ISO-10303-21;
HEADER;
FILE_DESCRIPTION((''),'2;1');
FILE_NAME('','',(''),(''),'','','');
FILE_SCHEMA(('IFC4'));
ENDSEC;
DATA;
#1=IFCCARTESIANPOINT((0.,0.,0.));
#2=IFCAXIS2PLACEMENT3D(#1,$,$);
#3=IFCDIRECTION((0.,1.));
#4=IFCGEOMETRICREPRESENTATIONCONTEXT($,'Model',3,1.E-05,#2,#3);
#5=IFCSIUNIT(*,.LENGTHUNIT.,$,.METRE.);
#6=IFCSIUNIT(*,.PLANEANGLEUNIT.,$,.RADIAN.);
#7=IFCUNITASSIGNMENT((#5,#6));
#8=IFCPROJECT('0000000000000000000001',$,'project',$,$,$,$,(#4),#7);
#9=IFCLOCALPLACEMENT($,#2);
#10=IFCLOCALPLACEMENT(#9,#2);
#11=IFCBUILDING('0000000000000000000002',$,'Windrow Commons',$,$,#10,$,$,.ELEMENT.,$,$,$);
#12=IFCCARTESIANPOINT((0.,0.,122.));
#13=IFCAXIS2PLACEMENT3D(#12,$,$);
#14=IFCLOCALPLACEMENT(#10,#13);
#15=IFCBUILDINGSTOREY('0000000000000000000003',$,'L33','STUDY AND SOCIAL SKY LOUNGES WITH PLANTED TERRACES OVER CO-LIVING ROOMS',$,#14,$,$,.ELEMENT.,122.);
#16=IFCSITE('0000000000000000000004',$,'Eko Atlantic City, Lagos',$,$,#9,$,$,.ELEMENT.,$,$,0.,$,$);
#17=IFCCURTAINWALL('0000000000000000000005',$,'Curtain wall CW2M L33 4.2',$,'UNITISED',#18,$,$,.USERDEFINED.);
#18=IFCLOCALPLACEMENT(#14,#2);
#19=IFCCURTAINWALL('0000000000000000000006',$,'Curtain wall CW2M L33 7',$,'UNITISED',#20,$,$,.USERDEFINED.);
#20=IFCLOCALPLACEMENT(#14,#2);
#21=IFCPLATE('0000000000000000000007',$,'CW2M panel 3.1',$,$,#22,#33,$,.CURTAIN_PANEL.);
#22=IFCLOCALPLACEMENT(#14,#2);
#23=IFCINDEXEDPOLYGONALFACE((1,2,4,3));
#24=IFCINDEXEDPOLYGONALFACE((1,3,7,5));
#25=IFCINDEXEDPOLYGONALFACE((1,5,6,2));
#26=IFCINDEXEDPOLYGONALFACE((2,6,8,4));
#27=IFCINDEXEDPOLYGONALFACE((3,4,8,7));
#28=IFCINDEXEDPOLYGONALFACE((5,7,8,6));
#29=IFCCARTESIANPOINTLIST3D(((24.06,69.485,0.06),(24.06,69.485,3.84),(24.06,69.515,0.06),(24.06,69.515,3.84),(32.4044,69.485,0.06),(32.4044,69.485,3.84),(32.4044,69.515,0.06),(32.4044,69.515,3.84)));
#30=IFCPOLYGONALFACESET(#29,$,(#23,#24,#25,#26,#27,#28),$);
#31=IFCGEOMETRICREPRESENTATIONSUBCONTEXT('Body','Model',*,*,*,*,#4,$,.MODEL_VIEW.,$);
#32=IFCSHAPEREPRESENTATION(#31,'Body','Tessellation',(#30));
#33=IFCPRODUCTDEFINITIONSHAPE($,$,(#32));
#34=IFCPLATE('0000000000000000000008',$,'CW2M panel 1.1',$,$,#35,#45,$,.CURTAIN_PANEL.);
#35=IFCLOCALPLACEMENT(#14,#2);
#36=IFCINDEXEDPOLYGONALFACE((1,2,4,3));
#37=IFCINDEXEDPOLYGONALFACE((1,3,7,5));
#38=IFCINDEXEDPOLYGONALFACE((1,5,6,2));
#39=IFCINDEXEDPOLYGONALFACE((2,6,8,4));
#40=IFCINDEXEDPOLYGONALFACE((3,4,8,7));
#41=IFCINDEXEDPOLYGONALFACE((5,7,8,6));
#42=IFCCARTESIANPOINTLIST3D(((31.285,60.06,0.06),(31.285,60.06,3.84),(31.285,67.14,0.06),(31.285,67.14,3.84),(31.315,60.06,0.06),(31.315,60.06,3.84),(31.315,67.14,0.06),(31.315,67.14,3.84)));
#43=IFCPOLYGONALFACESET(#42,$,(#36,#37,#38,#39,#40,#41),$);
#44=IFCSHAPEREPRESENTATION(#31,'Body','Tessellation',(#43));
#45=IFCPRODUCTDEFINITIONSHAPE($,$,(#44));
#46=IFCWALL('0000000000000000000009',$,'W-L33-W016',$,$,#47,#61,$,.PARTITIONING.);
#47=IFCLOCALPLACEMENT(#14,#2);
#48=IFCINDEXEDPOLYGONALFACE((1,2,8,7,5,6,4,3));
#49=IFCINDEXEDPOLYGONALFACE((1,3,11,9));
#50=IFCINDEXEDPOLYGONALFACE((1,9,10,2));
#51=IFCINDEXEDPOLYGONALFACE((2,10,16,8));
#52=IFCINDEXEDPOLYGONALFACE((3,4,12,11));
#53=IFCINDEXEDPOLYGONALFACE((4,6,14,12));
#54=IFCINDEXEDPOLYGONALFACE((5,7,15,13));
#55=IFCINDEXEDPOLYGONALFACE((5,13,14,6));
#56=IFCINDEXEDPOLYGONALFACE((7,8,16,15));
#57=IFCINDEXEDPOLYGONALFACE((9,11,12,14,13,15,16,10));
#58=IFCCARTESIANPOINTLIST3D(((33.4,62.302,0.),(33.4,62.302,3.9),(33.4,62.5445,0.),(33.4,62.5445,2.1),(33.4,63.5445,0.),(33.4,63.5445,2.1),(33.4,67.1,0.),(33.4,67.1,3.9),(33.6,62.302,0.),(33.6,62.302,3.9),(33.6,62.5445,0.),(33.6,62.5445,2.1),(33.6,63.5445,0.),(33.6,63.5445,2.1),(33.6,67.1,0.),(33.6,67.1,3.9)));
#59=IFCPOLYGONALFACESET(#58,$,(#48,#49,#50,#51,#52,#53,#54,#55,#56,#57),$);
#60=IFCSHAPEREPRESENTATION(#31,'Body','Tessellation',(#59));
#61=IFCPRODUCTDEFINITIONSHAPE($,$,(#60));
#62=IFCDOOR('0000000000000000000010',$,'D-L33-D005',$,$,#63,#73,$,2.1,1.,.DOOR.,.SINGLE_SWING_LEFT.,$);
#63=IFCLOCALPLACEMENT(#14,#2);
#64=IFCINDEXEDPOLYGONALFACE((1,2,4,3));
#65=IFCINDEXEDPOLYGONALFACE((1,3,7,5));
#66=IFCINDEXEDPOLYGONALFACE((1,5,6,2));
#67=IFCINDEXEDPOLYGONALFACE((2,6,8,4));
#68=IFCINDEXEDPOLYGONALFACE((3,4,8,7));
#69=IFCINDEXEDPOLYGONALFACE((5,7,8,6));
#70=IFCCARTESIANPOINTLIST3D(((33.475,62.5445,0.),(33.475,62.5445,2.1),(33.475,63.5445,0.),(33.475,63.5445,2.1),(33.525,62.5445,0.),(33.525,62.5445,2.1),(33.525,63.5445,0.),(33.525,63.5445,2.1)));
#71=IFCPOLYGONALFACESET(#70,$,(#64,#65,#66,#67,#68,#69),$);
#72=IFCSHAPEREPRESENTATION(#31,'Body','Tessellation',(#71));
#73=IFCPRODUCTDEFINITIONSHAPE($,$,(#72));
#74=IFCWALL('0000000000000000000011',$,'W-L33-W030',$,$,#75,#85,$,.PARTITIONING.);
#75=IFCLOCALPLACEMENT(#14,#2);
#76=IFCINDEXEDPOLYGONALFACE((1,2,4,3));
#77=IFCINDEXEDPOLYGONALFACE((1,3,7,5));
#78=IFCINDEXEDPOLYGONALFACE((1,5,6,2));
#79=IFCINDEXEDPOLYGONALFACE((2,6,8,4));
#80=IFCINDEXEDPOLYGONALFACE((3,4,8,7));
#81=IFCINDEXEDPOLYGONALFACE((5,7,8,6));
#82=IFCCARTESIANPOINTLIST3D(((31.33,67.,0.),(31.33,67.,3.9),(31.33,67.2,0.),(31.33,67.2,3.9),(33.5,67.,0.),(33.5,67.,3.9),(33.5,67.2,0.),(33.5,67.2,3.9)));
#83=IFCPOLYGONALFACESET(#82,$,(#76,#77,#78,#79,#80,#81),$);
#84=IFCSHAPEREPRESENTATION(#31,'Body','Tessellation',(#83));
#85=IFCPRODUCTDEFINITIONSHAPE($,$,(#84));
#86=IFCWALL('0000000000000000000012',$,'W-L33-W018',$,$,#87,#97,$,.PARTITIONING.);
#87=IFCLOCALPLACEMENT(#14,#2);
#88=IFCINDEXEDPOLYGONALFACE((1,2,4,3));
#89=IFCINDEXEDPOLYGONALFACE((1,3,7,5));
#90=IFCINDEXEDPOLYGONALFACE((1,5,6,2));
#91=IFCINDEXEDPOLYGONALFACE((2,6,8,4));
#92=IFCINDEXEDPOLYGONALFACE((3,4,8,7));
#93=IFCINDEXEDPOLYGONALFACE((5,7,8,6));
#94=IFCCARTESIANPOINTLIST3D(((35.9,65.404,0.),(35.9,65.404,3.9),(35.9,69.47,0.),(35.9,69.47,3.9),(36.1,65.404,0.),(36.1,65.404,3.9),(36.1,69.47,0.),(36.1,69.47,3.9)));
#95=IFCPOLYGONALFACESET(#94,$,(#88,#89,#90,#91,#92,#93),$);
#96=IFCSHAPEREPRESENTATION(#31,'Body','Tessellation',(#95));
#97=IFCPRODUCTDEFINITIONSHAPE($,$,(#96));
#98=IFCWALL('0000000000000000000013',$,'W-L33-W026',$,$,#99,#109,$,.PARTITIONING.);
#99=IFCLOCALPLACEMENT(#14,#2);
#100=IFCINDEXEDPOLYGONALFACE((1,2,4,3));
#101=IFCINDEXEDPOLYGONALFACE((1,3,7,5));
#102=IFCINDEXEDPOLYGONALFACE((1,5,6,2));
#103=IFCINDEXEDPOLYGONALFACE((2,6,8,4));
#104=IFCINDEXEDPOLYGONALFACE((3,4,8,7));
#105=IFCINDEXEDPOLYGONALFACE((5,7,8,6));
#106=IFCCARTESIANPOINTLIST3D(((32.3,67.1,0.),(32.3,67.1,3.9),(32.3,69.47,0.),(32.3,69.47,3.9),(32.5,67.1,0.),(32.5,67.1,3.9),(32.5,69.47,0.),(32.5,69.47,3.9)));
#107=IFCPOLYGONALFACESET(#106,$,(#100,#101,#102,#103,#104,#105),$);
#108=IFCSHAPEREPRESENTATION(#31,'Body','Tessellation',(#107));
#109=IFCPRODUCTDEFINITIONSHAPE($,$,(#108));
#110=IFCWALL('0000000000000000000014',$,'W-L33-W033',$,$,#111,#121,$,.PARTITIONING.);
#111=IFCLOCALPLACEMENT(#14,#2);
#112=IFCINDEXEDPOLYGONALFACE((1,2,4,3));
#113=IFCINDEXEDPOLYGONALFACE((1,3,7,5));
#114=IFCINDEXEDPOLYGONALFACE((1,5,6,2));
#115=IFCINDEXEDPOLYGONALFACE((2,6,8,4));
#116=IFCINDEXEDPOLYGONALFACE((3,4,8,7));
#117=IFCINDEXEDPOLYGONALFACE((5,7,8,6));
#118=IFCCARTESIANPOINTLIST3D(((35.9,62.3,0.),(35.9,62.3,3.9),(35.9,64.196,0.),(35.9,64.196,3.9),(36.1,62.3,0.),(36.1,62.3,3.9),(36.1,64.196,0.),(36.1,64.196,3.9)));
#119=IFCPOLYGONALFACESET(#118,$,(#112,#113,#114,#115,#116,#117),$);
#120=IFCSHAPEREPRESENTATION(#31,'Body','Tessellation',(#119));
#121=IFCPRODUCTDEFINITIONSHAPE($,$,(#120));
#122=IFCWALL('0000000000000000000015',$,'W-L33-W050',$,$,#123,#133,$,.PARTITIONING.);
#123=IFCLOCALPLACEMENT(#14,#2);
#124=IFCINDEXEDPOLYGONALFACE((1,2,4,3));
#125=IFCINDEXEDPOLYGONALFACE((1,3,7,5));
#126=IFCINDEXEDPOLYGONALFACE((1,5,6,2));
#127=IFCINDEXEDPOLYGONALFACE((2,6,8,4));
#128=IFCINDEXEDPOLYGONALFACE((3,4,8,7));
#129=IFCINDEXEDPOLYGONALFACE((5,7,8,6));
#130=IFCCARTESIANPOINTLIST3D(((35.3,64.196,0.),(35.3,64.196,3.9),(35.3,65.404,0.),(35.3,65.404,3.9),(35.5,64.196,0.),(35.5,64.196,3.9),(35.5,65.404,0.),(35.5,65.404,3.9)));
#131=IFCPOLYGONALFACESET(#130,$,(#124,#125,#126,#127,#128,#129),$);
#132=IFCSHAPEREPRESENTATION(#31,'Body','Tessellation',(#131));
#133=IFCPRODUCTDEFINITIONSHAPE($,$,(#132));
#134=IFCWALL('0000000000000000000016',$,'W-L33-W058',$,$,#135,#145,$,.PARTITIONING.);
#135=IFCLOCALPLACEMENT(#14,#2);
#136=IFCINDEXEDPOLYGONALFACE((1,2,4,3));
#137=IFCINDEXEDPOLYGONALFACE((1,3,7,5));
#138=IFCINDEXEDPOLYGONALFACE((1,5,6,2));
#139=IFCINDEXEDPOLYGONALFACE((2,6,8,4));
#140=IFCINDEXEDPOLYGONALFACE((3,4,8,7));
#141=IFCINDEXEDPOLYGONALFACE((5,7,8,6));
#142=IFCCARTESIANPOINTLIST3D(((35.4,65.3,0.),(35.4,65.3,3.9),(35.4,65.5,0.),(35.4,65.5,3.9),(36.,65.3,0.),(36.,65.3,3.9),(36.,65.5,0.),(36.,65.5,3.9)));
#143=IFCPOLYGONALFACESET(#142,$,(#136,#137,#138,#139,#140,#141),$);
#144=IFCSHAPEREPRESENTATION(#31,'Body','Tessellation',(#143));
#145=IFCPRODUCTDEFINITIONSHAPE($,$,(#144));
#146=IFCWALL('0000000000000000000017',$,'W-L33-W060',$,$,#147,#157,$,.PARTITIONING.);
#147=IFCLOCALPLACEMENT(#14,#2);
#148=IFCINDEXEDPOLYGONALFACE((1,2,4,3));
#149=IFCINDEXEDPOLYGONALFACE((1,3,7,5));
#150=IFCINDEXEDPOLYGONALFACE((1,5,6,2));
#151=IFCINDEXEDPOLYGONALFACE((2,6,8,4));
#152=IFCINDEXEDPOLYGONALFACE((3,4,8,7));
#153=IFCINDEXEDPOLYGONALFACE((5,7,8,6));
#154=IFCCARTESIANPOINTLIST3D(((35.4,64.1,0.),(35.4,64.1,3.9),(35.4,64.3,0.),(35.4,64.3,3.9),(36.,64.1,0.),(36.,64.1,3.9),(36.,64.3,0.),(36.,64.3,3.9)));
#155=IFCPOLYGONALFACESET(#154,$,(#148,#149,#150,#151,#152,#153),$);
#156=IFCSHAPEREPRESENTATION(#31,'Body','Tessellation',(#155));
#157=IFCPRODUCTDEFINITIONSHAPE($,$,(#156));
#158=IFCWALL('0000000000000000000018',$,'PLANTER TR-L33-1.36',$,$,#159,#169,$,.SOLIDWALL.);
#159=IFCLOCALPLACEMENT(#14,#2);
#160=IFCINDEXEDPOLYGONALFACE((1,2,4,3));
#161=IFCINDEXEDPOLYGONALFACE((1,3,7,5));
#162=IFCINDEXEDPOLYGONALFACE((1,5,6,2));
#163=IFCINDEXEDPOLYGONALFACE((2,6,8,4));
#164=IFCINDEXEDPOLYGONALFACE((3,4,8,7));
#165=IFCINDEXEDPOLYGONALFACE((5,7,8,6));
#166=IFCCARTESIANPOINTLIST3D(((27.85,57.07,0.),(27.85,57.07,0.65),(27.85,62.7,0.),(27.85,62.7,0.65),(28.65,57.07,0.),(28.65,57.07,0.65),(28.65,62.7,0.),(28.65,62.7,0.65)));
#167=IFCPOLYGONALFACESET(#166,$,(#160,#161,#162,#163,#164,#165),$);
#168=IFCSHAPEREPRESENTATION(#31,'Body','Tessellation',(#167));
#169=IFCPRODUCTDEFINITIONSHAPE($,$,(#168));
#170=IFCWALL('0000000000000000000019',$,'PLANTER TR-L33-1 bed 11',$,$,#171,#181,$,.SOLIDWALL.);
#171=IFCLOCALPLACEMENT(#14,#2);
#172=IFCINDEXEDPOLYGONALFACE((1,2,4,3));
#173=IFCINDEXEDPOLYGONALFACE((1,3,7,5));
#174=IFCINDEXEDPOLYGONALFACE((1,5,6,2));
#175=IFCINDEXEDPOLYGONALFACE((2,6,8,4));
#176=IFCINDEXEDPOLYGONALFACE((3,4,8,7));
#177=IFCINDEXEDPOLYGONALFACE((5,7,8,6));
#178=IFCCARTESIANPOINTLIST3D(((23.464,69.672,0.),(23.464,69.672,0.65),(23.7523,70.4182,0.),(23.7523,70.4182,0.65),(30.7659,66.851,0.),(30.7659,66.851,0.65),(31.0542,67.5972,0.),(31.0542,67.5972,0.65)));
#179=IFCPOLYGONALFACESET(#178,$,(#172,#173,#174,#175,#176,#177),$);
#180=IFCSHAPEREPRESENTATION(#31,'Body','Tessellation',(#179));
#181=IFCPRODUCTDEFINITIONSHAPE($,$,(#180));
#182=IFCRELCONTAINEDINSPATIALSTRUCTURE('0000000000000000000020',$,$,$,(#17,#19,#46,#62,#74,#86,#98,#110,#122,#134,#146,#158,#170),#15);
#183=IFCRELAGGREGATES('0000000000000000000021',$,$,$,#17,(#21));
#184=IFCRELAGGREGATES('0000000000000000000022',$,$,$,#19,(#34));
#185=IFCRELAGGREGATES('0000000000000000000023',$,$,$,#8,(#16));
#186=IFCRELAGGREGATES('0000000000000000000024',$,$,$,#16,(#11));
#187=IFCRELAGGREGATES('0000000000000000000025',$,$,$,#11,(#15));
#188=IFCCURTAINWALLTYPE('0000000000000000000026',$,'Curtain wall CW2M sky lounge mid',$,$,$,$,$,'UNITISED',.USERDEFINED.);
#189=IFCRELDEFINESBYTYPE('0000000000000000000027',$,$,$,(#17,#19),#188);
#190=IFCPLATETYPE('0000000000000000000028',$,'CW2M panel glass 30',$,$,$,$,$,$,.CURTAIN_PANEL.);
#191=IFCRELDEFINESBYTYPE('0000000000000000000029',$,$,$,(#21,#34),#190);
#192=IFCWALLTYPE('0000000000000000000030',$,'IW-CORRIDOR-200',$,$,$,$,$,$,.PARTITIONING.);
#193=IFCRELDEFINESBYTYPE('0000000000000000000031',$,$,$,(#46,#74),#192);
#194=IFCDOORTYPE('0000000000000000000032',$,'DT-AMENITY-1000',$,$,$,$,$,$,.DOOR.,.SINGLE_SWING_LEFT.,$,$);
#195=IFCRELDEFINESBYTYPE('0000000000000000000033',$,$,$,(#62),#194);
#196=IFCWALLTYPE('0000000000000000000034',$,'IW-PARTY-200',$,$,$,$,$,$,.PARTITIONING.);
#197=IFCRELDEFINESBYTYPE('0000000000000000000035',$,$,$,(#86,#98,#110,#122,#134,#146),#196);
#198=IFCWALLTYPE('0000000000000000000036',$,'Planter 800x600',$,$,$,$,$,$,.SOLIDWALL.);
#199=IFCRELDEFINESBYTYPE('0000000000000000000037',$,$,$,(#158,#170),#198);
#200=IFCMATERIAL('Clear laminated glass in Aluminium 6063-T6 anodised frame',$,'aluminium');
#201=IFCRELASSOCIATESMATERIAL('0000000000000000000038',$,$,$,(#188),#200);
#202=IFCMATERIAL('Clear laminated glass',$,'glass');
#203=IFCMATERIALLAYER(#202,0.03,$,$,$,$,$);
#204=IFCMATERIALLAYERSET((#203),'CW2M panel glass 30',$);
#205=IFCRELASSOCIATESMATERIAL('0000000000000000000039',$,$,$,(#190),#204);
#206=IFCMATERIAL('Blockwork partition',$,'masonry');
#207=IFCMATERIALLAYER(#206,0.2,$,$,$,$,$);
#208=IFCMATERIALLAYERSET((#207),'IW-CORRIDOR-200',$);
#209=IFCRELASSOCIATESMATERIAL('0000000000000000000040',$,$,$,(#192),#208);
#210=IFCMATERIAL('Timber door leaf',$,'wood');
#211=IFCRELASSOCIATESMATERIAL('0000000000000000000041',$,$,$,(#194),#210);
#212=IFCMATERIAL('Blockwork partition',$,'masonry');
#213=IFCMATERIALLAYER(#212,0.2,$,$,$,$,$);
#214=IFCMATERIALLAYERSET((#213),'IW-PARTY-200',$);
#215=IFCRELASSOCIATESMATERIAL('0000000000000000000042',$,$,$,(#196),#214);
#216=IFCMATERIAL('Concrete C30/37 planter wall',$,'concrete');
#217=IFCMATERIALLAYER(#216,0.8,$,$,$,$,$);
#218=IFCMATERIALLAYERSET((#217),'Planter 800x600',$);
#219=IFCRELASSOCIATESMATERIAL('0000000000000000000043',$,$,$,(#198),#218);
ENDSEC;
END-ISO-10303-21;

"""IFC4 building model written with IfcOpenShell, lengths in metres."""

from ifc_helpers import new_model, si_unit, direction, frame, frame_2d, origin, origin_2d, place, context, subcontext, project, spatial, rectangle, extrude, material, layer, layer_set, type_object, element, fill, aggregate, save


model = new_model("IFC4")

# Units and contexts
model_context = context("Model", 3, precision=1e-05, world=origin(), true_north=direction((0.0, 1.0)))
body_context = subcontext(model_context, "Body", "Model", "MODEL_VIEW")
ifc_project = project(units=[si_unit("LENGTHUNIT", "METRE"), si_unit("PLANEANGLEUNIT", "RADIAN")], contexts=[model_context])

# Site, building, storey
site_placement = place(None, origin())
site = spatial("IfcSite", under=ifc_project, at=site_placement, Name="Eko Atlantic City, Lagos", CompositionType="ELEMENT", RefElevation=0.0)
building_placement = place(site_placement, origin())
building = spatial("IfcBuilding", under=site, at=building_placement, Name="Windrow Commons", CompositionType="ELEMENT")
storey_placement = place(building_placement, frame((0.0, 0.0, 122.0)))
storey = spatial("IfcBuildingStorey", under=building, at=storey_placement, Name="L33", Description="STUDY AND SOCIAL SKY LOUNGES WITH PLANTED TERRACES OVER CO-LIVING ROOMS", CompositionType="ELEMENT", Elevation=122.0)

# Curtain walls
ifc_material_1 = material(Name="Clear laminated glass in Aluminium 6063-T6 anodised frame", Category="aluminium")
curtain_wall_type = type_object("IfcCurtainWallType", Name="Curtain wall CW2M sky lounge mid", ElementType="UNITISED", PredefinedType="USERDEFINED", material=ifc_material_1)
placement = place(storey_placement, origin())
curtain_wall_1 = element("IfcCurtainWall", 1, at=placement, inside=storey, type_object=curtain_wall_type, Name="Curtain wall CW2M L33 4.2", ObjectType="UNITISED", PredefinedType="USERDEFINED")
curtain_wall_2 = element("IfcCurtainWall", 2, at=placement, inside=storey, type_object=curtain_wall_type, Name="Curtain wall CW2M L33 7", ObjectType="UNITISED", PredefinedType="USERDEFINED")

# Plates
ifc_material_2 = material(Name="Clear laminated glass", Category="glass")
ifc_layer_1 = layer(ifc_material_2, 0.03)
ifc_layer_set_1 = layer_set([ifc_layer_1], Name="CW2M panel glass 30")
plate_type_1 = type_object("IfcPlateType", Name="CW2M panel glass 30", PredefinedType="CURTAIN_PANEL", material=ifc_layer_set_1)
plate_1_placement = place(storey_placement, frame((28.2322, 69.5, 0.06), z_axis=(0.0, 0.0, 1.0), x_axis=(-1.0, 0.0, 0.0)))
plate_1 = element("IfcPlate", 3, at=plate_1_placement, type_object=plate_type_1, Name="CW2M panel 3.1", PredefinedType="CURTAIN_PANEL", context=body_context, shape_type="SweptSolid", body=[
    extrude(rectangle(XDim=8.3443, YDim=0.03, at=origin_2d()), origin(), (0.0, 0.0, 1.0), 3.78),
])
aggregate(curtain_wall_1, [plate_1])
plate_2_placement = place(storey_placement, frame((31.3, 63.6, 0.06), z_axis=(0.0, 0.0, 1.0), x_axis=(0.0, -1.0, 0.0)))
plate_2 = element("IfcPlate", 4, at=plate_2_placement, type_object=plate_type_1, Name="CW2M panel 1.1", PredefinedType="CURTAIN_PANEL", context=body_context, shape_type="SweptSolid", body=[
    extrude(rectangle(XDim=7.08, YDim=0.03, at=origin_2d()), origin(), (0.0, 0.0, 1.0), 3.78),
])
aggregate(curtain_wall_2, [plate_2])

# Wall, opening, door
ifc_material_3 = material(Name="Blockwork partition", Category="masonry")
ifc_layer_2 = layer(ifc_material_3, 0.2)
ifc_layer_set_2 = layer_set([ifc_layer_2], Name="IW-CORRIDOR-200")
wall_type_1 = type_object("IfcWallType", Name="IW-CORRIDOR-200", PredefinedType="PARTITIONING", material=ifc_layer_set_2)
wall_1_placement = place(storey_placement, frame((33.5, 62.302, 0.0), z_axis=(0.0, 0.0, 1.0), x_axis=(0.0, 1.0, 0.0)))
wall_1 = element("IfcWall", 5, at=wall_1_placement, inside=storey, type_object=wall_type_1, Name="W-L33-W016", PredefinedType="PARTITIONING", context=body_context, shape_type="SweptSolid", body=[
    extrude(rectangle(XDim=4.798, YDim=0.2, at=frame_2d((2.399, 0.0))), origin(), (0.0, 0.0, 1.0), 3.9),
])
opening_placement = place(wall_1_placement, frame((0.2425, 0.0, 0.0)))
opening = element("IfcOpeningElement", 6, at=opening_placement, cuts=wall_1, PredefinedType="OPENING", context=body_context, shape_type="SweptSolid", body=[
    extrude(rectangle(XDim=1.0, YDim=2.1, at=frame_2d((0.5, 1.05))), frame((0.0, 0.11, 0.0), z_axis=(0.0, -1.0, 0.0), x_axis=(1.0, 0.0, 0.0)), (0.0, 0.0, 1.0), 0.22),
])
ifc_material_4 = material(Name="Timber door leaf", Category="wood")
door_type = type_object("IfcDoorType", Name="DT-AMENITY-1000", OperationType="SINGLE_SWING_LEFT", PredefinedType="DOOR", material=ifc_material_4)
door_placement = place(opening_placement, origin())
door = element("IfcDoor", 7, at=door_placement, inside=storey, type_object=door_type, Name="D-L33-D005", OperationType="SINGLE_SWING_LEFT", OverallHeight=2.1, OverallWidth=1.0, PredefinedType="DOOR", context=body_context, shape_type="SweptSolid", body=[
    extrude(rectangle(XDim=1.0, YDim=2.1, at=frame_2d((0.5, 1.05))), frame((0.0, 0.025, 0.0), z_axis=(0.0, -1.0, 0.0), x_axis=(1.0, 0.0, 0.0)), (0.0, 0.0, 1.0), 0.05),
])
fill(opening, door)

# Walls
wall_2_placement = place(storey_placement, frame((31.33, 67.1, 0.0), z_axis=(0.0, 0.0, 1.0), x_axis=(1.0, 0.0, 0.0)))
element("IfcWall", 8, at=wall_2_placement, inside=storey, type_object=wall_type_1, Name="W-L33-W030", PredefinedType="PARTITIONING", context=body_context, shape_type="SweptSolid", body=[
    extrude(rectangle(XDim=2.17, YDim=0.2, at=frame_2d((1.085, 0.0))), origin(), (0.0, 0.0, 1.0), 3.9),
])
ifc_material_5 = material(Name="Blockwork partition", Category="masonry")
ifc_layer_3 = layer(ifc_material_5, 0.2)
ifc_layer_set_3 = layer_set([ifc_layer_3], Name="IW-PARTY-200")
wall_type_2 = type_object("IfcWallType", Name="IW-PARTY-200", PredefinedType="PARTITIONING", material=ifc_layer_set_3)
wall_3_placement = place(storey_placement, frame((36.0, 65.404, 0.0), z_axis=(0.0, 0.0, 1.0), x_axis=(0.0, 1.0, 0.0)))
element("IfcWall", 9, at=wall_3_placement, inside=storey, type_object=wall_type_2, Name="W-L33-W018", PredefinedType="PARTITIONING", context=body_context, shape_type="SweptSolid", body=[
    extrude(rectangle(XDim=4.066, YDim=0.2, at=frame_2d((2.033, 0.0))), origin(), (0.0, 0.0, 1.0), 3.9),
])
wall_4_placement = place(storey_placement, frame((32.4, 67.1, 0.0), z_axis=(0.0, 0.0, 1.0), x_axis=(0.0, 1.0, 0.0)))
element("IfcWall", 10, at=wall_4_placement, inside=storey, type_object=wall_type_2, Name="W-L33-W026", PredefinedType="PARTITIONING", context=body_context, shape_type="SweptSolid", body=[
    extrude(rectangle(XDim=2.37, YDim=0.2, at=frame_2d((1.185, 0.0))), origin(), (0.0, 0.0, 1.0), 3.9),
])
wall_5_placement = place(storey_placement, frame((36.0, 62.3, 0.0), z_axis=(0.0, 0.0, 1.0), x_axis=(0.0, 1.0, 0.0)))
element("IfcWall", 11, at=wall_5_placement, inside=storey, type_object=wall_type_2, Name="W-L33-W033", PredefinedType="PARTITIONING", context=body_context, shape_type="SweptSolid", body=[
    extrude(rectangle(XDim=1.896, YDim=0.2, at=frame_2d((0.948, 0.0))), origin(), (0.0, 0.0, 1.0), 3.9),
])
wall_6_placement = place(storey_placement, frame((35.4, 64.196, 0.0), z_axis=(0.0, 0.0, 1.0), x_axis=(0.0, 1.0, 0.0)))
element("IfcWall", 12, at=wall_6_placement, inside=storey, type_object=wall_type_2, Name="W-L33-W050", PredefinedType="PARTITIONING", context=body_context, shape_type="SweptSolid", body=[
    extrude(rectangle(XDim=1.208, YDim=0.2, at=frame_2d((0.604, 0.0))), origin(), (0.0, 0.0, 1.0), 3.9),
])
for number, where, z_axis, x_axis, name in (
    (13, (35.4, 65.4, 0.0), (0.0, 0.0, 1.0), (1.0, 0.0, 0.0), "W-L33-W058"),
    (14, (35.4, 64.2, 0.0), (0.0, 0.0, 1.0), (1.0, 0.0, 0.0), "W-L33-W060"),
):
    element("IfcWall", number, at=place(storey_placement, frame(where, z_axis=z_axis, x_axis=x_axis)), inside=storey, type_object=wall_type_2, Name=name, PredefinedType="PARTITIONING", context=body_context, shape_type="SweptSolid", body=[
        extrude(rectangle(XDim=0.6, YDim=0.2, at=frame_2d((0.3, 0.0))), origin(), (0.0, 0.0, 1.0), 3.9),
    ])
ifc_material_6 = material(Name="Concrete C30/37 planter wall", Category="concrete")
ifc_layer_4 = layer(ifc_material_6, 0.8)
ifc_layer_set_4 = layer_set([ifc_layer_4], Name="Planter 800x600")
wall_type_3 = type_object("IfcWallType", Name="Planter 800x600", PredefinedType="SOLIDWALL", material=ifc_layer_set_4)
wall_7_placement = place(storey_placement, frame((28.25, 62.7, 0.0), z_axis=(0.0, 0.0, 1.0), x_axis=(0.0, -1.0, 0.0)))
element("IfcWall", 15, at=wall_7_placement, inside=storey, type_object=wall_type_3, Name="PLANTER TR-L33-1.36", PredefinedType="SOLIDWALL", context=body_context, shape_type="SweptSolid", body=[
    extrude(rectangle(XDim=5.63, YDim=0.8, at=frame_2d((2.815, 0.0))), origin(), (0.0, 0.0, 1.0), 0.65),
])
wall_8_placement = place(storey_placement, frame((30.91, 67.2241, 0.0), z_axis=(0.0, 0.0, 1.0), x_axis=(-0.932806, 0.360378, 0.0)))
element("IfcWall", 16, at=wall_8_placement, inside=storey, type_object=wall_type_3, Name="PLANTER TR-L33-1 bed 11", PredefinedType="SOLIDWALL", context=body_context, shape_type="SweptSolid", body=[
    extrude(rectangle(XDim=7.8279, YDim=0.8, at=frame_2d((3.9139, 0.0))), origin(), (0.0, 0.0, 1.0), 0.65),
])

save(model, "model.ifc")
